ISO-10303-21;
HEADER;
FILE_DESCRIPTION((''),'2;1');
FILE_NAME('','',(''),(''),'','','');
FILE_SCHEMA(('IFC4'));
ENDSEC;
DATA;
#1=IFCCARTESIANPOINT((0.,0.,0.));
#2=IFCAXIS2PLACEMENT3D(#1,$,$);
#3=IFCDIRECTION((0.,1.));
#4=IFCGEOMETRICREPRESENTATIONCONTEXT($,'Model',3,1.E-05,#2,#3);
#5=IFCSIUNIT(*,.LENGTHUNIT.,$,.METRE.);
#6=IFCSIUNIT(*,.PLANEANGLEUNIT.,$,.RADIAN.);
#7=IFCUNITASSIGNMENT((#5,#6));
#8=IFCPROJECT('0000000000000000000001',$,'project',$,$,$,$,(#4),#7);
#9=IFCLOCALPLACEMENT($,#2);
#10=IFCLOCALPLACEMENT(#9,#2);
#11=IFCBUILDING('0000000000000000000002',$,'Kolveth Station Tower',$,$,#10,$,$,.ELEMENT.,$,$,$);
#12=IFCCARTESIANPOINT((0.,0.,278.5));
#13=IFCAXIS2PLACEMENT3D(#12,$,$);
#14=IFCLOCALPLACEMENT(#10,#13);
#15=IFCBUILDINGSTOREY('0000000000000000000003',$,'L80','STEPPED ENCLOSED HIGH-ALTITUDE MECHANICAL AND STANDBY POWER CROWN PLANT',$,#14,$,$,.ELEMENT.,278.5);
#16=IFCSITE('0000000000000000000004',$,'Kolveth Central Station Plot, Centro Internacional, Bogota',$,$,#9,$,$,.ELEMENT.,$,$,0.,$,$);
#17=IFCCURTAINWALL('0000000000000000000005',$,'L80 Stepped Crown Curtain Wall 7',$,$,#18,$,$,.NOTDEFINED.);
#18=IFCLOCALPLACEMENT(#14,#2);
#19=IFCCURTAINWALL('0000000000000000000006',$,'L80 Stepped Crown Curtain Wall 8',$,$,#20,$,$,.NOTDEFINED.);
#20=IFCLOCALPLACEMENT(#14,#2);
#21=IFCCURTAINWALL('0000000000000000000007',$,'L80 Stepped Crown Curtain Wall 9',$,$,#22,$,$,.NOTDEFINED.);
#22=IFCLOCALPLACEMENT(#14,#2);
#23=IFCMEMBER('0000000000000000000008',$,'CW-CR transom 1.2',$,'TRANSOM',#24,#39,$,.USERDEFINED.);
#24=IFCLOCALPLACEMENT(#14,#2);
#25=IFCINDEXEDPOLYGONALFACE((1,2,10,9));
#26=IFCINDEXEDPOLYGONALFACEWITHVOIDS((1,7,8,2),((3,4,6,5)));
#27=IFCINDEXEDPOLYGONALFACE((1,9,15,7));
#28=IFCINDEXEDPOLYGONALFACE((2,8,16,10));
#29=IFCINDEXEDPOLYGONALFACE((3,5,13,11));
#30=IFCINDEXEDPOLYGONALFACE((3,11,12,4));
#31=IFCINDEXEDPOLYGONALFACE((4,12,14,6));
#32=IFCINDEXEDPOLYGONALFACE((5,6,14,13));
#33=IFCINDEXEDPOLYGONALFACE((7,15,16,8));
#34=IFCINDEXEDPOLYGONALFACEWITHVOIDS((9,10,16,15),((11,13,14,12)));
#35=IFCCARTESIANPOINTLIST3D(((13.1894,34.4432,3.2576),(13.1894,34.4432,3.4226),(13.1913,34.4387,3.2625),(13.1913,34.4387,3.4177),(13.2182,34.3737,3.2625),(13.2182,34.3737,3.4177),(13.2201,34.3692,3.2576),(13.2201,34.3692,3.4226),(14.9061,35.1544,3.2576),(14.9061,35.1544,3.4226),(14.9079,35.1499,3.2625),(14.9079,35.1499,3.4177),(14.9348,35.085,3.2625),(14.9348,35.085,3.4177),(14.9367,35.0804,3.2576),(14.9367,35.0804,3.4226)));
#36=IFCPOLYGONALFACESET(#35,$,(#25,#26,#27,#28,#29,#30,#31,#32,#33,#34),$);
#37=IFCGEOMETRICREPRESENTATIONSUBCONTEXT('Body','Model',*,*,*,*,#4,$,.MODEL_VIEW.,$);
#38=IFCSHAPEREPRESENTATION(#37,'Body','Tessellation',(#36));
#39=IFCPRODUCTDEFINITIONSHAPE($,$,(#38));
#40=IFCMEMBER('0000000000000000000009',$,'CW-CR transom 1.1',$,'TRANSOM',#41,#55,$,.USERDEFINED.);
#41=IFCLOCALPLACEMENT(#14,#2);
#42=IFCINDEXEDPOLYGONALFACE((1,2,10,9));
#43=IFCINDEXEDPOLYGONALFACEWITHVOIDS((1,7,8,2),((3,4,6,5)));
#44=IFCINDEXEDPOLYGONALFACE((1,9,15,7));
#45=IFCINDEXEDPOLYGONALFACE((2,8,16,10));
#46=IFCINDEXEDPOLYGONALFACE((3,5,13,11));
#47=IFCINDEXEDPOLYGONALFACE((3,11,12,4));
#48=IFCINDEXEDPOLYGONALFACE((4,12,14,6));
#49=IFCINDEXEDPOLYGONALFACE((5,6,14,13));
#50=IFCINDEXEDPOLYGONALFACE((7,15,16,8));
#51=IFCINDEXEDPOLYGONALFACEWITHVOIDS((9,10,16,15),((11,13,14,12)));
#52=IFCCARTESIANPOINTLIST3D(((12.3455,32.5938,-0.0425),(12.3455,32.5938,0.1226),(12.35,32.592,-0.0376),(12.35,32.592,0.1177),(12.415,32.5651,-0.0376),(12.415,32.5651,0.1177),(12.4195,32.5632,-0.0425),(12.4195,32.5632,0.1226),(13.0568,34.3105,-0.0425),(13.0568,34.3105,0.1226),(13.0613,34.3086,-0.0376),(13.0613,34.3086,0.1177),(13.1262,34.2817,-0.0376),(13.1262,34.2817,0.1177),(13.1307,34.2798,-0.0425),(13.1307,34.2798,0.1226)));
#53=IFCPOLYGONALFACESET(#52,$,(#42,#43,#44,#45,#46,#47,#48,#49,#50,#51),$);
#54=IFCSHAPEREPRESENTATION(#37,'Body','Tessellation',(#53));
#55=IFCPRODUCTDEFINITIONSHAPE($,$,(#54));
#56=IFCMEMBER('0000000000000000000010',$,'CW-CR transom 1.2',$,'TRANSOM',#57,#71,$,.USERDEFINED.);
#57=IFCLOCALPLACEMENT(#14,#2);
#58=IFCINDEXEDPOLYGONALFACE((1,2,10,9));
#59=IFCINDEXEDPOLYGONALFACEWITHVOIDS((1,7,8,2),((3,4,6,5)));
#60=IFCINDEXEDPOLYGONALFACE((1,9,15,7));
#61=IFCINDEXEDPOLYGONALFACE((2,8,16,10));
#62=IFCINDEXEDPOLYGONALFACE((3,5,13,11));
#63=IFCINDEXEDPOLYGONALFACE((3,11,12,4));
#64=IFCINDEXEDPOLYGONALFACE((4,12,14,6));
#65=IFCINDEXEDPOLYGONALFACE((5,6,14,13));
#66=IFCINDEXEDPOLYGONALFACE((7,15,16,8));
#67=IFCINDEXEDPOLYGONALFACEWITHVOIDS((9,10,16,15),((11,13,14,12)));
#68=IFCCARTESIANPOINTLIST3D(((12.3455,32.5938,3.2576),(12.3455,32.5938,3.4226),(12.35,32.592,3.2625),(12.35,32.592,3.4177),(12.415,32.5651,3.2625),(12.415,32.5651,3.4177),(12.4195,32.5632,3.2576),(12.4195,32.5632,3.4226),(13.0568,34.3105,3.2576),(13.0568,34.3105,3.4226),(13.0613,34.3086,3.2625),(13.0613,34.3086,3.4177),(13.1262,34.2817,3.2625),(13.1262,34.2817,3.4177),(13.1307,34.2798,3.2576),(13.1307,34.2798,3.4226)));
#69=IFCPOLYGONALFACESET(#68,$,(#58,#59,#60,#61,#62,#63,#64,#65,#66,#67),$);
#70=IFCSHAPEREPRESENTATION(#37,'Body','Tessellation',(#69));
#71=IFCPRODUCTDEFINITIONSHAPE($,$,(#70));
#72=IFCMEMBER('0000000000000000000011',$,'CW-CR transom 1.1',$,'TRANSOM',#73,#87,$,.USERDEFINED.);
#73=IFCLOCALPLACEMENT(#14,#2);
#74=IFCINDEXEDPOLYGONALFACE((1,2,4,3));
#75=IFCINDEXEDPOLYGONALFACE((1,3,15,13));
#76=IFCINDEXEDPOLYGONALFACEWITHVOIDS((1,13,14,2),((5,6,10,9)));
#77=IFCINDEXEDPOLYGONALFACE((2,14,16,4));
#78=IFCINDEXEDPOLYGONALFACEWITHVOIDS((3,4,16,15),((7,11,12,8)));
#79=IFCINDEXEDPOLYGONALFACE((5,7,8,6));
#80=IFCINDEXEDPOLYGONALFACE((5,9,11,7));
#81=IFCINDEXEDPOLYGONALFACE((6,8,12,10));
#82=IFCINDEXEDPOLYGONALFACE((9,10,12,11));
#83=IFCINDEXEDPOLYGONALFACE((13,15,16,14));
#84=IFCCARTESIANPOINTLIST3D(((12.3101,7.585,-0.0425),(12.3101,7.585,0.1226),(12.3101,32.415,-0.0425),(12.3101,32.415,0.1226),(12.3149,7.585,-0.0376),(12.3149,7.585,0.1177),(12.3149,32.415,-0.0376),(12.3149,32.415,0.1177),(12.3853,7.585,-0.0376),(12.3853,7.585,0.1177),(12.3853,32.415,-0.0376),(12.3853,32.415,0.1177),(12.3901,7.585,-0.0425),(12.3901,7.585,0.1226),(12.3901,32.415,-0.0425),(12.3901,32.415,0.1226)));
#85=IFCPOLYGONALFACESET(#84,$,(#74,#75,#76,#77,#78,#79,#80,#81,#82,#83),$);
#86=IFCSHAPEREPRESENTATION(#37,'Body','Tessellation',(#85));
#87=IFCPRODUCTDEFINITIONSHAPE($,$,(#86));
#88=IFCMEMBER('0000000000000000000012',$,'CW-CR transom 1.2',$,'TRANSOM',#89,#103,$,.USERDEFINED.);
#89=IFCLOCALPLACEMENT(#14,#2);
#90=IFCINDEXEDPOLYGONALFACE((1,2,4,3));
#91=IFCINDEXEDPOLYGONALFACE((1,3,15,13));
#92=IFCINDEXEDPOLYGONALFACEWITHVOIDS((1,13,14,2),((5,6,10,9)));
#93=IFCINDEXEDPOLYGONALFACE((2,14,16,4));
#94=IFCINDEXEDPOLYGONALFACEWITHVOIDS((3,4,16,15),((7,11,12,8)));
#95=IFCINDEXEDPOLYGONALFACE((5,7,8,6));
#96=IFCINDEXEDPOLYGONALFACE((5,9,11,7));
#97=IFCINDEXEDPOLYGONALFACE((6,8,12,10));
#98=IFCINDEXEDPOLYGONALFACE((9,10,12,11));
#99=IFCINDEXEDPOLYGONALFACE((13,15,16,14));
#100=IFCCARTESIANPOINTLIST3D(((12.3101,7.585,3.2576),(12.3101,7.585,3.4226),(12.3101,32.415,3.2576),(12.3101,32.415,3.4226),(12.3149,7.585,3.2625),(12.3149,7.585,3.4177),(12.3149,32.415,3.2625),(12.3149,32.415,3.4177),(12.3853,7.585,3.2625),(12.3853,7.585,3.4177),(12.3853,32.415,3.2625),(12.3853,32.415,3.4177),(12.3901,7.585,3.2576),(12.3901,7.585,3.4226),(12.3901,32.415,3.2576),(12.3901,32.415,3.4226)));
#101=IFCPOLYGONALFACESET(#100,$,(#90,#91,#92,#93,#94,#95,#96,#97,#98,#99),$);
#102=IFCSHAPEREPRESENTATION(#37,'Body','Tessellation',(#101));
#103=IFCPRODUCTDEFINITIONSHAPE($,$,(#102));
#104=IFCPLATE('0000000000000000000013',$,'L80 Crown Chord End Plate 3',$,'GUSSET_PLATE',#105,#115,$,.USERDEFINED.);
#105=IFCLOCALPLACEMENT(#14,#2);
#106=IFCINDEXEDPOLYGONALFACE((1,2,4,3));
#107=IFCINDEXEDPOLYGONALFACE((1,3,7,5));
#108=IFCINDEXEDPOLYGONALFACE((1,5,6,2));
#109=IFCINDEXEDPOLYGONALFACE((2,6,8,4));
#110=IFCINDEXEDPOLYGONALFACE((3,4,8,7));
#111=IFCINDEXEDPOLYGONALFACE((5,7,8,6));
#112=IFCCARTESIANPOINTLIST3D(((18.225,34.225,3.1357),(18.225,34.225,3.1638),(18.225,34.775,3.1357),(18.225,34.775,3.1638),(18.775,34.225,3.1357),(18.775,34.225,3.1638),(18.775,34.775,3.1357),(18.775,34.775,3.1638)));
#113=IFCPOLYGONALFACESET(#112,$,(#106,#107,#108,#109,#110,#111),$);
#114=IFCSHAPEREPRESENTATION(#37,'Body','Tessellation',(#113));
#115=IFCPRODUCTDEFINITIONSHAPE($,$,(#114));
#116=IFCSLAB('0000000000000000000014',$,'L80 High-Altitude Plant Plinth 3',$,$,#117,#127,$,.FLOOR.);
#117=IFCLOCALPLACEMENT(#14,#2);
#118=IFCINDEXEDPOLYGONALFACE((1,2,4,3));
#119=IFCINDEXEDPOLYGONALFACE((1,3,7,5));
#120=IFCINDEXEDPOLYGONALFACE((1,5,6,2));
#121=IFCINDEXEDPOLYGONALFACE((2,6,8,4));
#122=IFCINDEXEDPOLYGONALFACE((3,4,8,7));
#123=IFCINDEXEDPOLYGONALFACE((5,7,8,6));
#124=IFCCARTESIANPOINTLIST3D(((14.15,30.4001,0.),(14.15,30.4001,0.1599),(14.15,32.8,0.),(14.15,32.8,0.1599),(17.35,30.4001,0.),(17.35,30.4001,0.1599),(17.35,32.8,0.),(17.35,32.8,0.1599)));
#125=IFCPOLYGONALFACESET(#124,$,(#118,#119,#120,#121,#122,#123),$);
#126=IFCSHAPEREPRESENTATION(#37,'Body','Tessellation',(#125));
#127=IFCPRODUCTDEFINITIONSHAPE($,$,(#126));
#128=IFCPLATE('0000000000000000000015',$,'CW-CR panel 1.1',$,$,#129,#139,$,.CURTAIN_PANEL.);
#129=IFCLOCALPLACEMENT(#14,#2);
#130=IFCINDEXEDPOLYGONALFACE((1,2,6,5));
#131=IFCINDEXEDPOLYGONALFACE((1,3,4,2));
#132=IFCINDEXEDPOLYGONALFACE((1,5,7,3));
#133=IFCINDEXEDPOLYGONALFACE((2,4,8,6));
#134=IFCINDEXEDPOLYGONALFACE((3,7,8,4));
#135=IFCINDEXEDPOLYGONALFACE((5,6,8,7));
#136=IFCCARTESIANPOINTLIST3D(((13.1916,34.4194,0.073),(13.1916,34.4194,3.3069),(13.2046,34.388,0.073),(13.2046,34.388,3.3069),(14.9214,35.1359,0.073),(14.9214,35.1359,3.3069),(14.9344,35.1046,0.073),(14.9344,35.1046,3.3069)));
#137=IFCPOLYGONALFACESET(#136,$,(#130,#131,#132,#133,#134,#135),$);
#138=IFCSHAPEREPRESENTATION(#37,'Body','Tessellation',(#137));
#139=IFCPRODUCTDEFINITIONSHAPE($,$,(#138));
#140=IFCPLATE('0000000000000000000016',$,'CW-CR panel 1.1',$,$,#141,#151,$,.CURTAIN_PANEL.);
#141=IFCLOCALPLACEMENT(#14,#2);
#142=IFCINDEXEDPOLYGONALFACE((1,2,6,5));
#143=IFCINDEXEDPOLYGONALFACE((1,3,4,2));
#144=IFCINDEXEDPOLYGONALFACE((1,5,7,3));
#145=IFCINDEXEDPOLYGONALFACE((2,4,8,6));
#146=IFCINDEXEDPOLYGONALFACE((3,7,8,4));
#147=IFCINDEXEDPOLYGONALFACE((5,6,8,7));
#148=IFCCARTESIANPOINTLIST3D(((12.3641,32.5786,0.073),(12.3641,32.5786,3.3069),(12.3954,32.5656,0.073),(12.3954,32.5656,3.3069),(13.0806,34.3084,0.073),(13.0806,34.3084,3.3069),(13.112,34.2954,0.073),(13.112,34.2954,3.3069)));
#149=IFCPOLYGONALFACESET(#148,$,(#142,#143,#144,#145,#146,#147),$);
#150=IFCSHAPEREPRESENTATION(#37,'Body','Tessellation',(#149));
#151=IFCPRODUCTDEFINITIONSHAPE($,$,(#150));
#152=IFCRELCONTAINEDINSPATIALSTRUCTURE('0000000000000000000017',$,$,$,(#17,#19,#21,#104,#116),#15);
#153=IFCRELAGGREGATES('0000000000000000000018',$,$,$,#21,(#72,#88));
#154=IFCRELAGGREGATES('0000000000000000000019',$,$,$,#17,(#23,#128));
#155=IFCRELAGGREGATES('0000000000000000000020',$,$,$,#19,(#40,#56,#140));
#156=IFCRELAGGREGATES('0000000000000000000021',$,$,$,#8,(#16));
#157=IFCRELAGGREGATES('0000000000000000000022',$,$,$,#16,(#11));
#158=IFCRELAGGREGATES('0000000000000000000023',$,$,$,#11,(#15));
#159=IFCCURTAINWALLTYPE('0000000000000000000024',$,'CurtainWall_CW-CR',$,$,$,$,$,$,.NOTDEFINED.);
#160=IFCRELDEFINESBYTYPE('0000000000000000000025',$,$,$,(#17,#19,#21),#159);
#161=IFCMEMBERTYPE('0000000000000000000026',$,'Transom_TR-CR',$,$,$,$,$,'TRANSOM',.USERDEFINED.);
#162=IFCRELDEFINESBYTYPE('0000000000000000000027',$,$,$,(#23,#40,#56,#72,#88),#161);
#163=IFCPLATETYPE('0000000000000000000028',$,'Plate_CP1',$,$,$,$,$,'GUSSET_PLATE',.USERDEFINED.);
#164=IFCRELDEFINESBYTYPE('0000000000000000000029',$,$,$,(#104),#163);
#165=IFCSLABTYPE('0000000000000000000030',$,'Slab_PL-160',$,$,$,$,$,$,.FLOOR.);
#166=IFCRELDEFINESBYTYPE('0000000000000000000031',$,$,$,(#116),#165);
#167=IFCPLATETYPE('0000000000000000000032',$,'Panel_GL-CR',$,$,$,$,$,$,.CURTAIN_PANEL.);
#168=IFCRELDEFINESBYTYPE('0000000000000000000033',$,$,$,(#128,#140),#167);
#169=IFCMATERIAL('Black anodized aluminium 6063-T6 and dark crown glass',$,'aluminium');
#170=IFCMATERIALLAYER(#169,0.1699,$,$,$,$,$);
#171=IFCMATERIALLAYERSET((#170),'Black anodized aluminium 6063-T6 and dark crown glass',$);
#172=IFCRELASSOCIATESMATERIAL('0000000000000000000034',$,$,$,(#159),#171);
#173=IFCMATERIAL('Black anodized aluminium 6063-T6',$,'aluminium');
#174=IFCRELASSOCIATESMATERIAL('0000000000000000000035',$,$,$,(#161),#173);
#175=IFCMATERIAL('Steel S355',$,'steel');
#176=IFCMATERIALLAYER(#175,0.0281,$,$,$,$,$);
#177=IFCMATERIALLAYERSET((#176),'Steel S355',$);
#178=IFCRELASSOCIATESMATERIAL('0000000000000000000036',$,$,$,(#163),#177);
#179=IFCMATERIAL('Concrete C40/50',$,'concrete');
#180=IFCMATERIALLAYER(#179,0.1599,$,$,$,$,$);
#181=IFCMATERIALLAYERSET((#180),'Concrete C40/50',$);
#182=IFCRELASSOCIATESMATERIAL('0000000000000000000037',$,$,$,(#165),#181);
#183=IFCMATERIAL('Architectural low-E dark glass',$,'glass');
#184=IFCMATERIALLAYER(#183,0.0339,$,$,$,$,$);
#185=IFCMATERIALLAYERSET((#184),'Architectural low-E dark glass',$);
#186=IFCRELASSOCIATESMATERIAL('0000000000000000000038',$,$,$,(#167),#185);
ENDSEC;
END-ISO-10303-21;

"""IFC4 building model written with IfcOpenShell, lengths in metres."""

from ifc_helpers import new_model, si_unit, direction, frame, origin, origin_2d, place, context, subcontext, project, spatial, rectangle, hollow_rectangle, extrude, source, transform, mapped, material, layer, layer_set, material_profile, profile_set, type_object, element, aggregate, save


model = new_model("IFC4")

# Units and contexts
model_context = context("Model", 3, precision=1e-05, world=origin(), true_north=direction((0.0, 1.0)))
body_context = subcontext(model_context, "Body", "Model", "MODEL_VIEW")
ifc_project = project(units=[si_unit("LENGTHUNIT", "METRE"), si_unit("PLANEANGLEUNIT", "RADIAN")], contexts=[model_context])

# Site, building, storey
site_placement = place(None, origin())
site = spatial("IfcSite", under=ifc_project, at=site_placement, Name="Kolveth Central Station Plot, Centro Internacional, Bogota", CompositionType="ELEMENT", RefElevation=0.0)
building_placement = place(site_placement, origin())
building = spatial("IfcBuilding", under=site, at=building_placement, Name="Kolveth Station Tower", CompositionType="ELEMENT")
storey_placement = place(building_placement, frame((0.0, 0.0, 278.5)))
storey = spatial("IfcBuildingStorey", under=building, at=storey_placement, Name="L80", Description="STEPPED ENCLOSED HIGH-ALTITUDE MECHANICAL AND STANDBY POWER CROWN PLANT", CompositionType="ELEMENT", Elevation=278.5)

# Shared definitions
ifc_material_1 = material(Name="Steel S355", Category="steel")

# Shared definitions
ifc_material_2 = material(Name="Black anodized aluminium 6063-T6 and dark crown glass", Category="aluminium")
ifc_layer_1 = layer(ifc_material_2, 0.1699)
ifc_layer_set_1 = layer_set([ifc_layer_1], Name="Black anodized aluminium 6063-T6 and dark crown glass")
curtain_wall_type = type_object("IfcCurtainWallType", Name="CurtainWall_CW-CR", PredefinedType="NOTDEFINED", material=ifc_layer_set_1)
ifc_material_3 = material(Name="Black anodized aluminium 6063-T6", Category="aluminium")

# Curtain walls
curtain_wall_1_placement = place(storey_placement, origin())
curtain_wall_1 = element("IfcCurtainWall", 1, at=curtain_wall_1_placement, inside=storey, type_object=curtain_wall_type, Name="L80 Stepped Crown Curtain Wall 7", PredefinedType="NOTDEFINED")
curtain_wall_2_placement = place(storey_placement, origin())
curtain_wall_2 = element("IfcCurtainWall", 2, at=curtain_wall_2_placement, inside=storey, type_object=curtain_wall_type, Name="L80 Stepped Crown Curtain Wall 8", PredefinedType="NOTDEFINED")

# Curtain wall
curtain_wall_3_placement = place(storey_placement, origin())
curtain_wall_3 = element("IfcCurtainWall", 3, at=curtain_wall_3_placement, inside=storey, type_object=curtain_wall_type, Name="L80 Stepped Crown Curtain Wall 9", PredefinedType="NOTDEFINED")

# Members
ifc_material_profile_1 = material_profile(ifc_material_3, hollow_rectangle(XDim=0.0801, YDim=0.165, WallThickness=0.0049, at=origin_2d()), Name="ALU-80x165x5")
ifc_profile_set_1 = profile_set([ifc_material_profile_1], Name="Black anodized aluminium 6063-T6")
member_type_1 = type_object("IfcMemberType", Name="Transom_TR-CR", ElementType="TRANSOM", PredefinedType="USERDEFINED", material=ifc_profile_set_1)
shared_shape_1 = source(origin(), body_context, "Body", "SweptSolid", [
    extrude(hollow_rectangle(XDim=0.0801, YDim=0.165, WallThickness=0.0049, at=origin_2d()), origin(), (0.0, 0.0, 1.0), 1.8582),
])
member_1_placement = place(storey_placement, frame((14.9214, 35.1174, 3.3401), z_axis=(-0.923849, -0.382758, 0.0), x_axis=(0.382758, -0.923849, 0.0)))
member_1 = element("IfcMember", 4, at=member_1_placement, type_object=member_type_1, Name="CW-CR transom 1.2", ObjectType="TRANSOM", PredefinedType="USERDEFINED", context=body_context, shape_type="MappedRepresentation", body=[
    mapped(shared_shape_1, transform((0.0, 0.0, 0.0), x_axis=(1.0, 0.0, 0.0), y_axis=(0.0, 1.0, 0.0), z_axis=(0.0, 0.0, 1.0), scale=1.0)),
])
member_2_placement = place(storey_placement, frame((13.0938, 34.2952, 0.04), z_axis=(-0.382758, -0.923849, 0.0), x_axis=(0.923849, -0.382758, 0.0)))
member_2 = element("IfcMember", 5, at=member_2_placement, type_object=member_type_1, Name="CW-CR transom 1.1", ObjectType="TRANSOM", PredefinedType="USERDEFINED", context=body_context, shape_type="MappedRepresentation", body=[
    mapped(shared_shape_1, transform((0.0, 0.0, 0.0), x_axis=(1.0, 0.0, 0.0), y_axis=(0.0, 1.0, 0.0), z_axis=(0.0, 0.0, 1.0), scale=1.0)),
])
member_3_placement = place(storey_placement, frame((13.0938, 34.2952, 3.3401), z_axis=(-0.382758, -0.923849, 0.0), x_axis=(0.923849, -0.382758, 0.0)))
member_3 = element("IfcMember", 6, at=member_3_placement, type_object=member_type_1, Name="CW-CR transom 1.2", ObjectType="TRANSOM", PredefinedType="USERDEFINED", context=body_context, shape_type="MappedRepresentation", body=[
    mapped(shared_shape_1, transform((0.0, 0.0, 0.0), x_axis=(1.0, 0.0, 0.0), y_axis=(0.0, 1.0, 0.0), z_axis=(0.0, 0.0, 1.0), scale=1.0)),
])
shared_shape_2 = source(origin(), body_context, "Body", "SweptSolid", [
    extrude(hollow_rectangle(XDim=0.0801, YDim=0.165, WallThickness=0.0049, at=origin_2d()), origin(), (0.0, 0.0, 1.0), 24.8301),
])
member_4_placement = place(storey_placement, frame((12.3501, 32.415, 0.04), z_axis=(0.0, -1.0, 0.0), x_axis=(1.0, 0.0, 0.0)))
member_4 = element("IfcMember", 7, at=member_4_placement, type_object=member_type_1, Name="CW-CR transom 1.1", ObjectType="TRANSOM", PredefinedType="USERDEFINED", context=body_context, shape_type="MappedRepresentation", body=[
    mapped(shared_shape_2, transform((0.0, 0.0, 0.0), x_axis=(1.0, 0.0, 0.0), y_axis=(0.0, 1.0, 0.0), z_axis=(0.0, 0.0, 1.0), scale=1.0)),
])
member_5_placement = place(storey_placement, frame((12.3501, 32.415, 3.3401), z_axis=(0.0, -1.0, 0.0), x_axis=(1.0, 0.0, 0.0)))
member_5 = element("IfcMember", 8, at=member_5_placement, type_object=member_type_1, Name="CW-CR transom 1.2", ObjectType="TRANSOM", PredefinedType="USERDEFINED", context=body_context, shape_type="MappedRepresentation", body=[
    mapped(shared_shape_2, transform((0.0, 0.0, 0.0), x_axis=(1.0, 0.0, 0.0), y_axis=(0.0, 1.0, 0.0), z_axis=(0.0, 0.0, 1.0), scale=1.0)),
])
aggregate(curtain_wall_3, [member_4, member_5])

# Plate
ifc_layer_2 = layer(ifc_material_1, 0.0281)
ifc_layer_set_2 = layer_set([ifc_layer_2], Name="Steel S355")
plate_type_1 = type_object("IfcPlateType", Name="Plate_CP1", ElementType="GUSSET_PLATE", PredefinedType="USERDEFINED", material=ifc_layer_set_2)
shared_shape_3 = source(origin(), body_context, "Body", "SweptSolid", [
    extrude(rectangle(XDim=0.55, YDim=0.55, at=origin_2d()), origin(), (0.0, 0.0, 1.0), 0.0281),
])
plate_1_placement = place(storey_placement, frame((18.5, 34.5, 3.1357), z_axis=(0.0, 0.0, 1.0), x_axis=(1.0, 0.0, 0.0)))
element("IfcPlate", 9, at=plate_1_placement, inside=storey, type_object=plate_type_1, Name="L80 Crown Chord End Plate 3", ObjectType="GUSSET_PLATE", PredefinedType="USERDEFINED", context=body_context, shape_type="MappedRepresentation", body=[
    mapped(shared_shape_3, transform((0.0, 0.0, 0.0), x_axis=(1.0, 0.0, 0.0), y_axis=(0.0, 1.0, 0.0), z_axis=(0.0, 0.0, 1.0), scale=1.0)),
])

# Slab
ifc_material_4 = material(Name="Concrete C40/50", Category="concrete")
ifc_layer_3 = layer(ifc_material_4, 0.1599)
ifc_layer_set_3 = layer_set([ifc_layer_3], Name="Concrete C40/50")
slab_type = type_object("IfcSlabType", Name="Slab_PL-160", PredefinedType="FLOOR", material=ifc_layer_set_3)
shared_shape_4 = source(origin(), body_context, "Body", "SweptSolid", [
    extrude(rectangle(XDim=3.2, YDim=2.3999, at=origin_2d()), origin(), (0.0, 0.0, 1.0), 0.1599),
])
slab_placement = place(storey_placement, frame((15.75, 31.6001, 0.0), z_axis=(0.0, 0.0, 1.0), x_axis=(1.0, 0.0, 0.0)))
element("IfcSlab", 10, at=slab_placement, inside=storey, type_object=slab_type, Name="L80 High-Altitude Plant Plinth 3", PredefinedType="FLOOR", context=body_context, shape_type="MappedRepresentation", body=[
    mapped(shared_shape_4, transform((0.0, 0.0, 0.0), x_axis=(1.0, 0.0, 0.0), y_axis=(0.0, 1.0, 0.0), z_axis=(0.0, 0.0, 1.0), scale=1.0)),
])

# Plates
ifc_material_5 = material(Name="Architectural low-E dark glass", Category="glass")
ifc_layer_4 = layer(ifc_material_5, 0.0339)
ifc_layer_set_4 = layer_set([ifc_layer_4], Name="Architectural low-E dark glass")
plate_type_2 = type_object("IfcPlateType", Name="Panel_GL-CR", PredefinedType="CURTAIN_PANEL", material=ifc_layer_set_4)
shared_shape_5 = source(origin(), body_context, "Body", "SweptSolid", [
    extrude(rectangle(XDim=1.8723, YDim=0.0339, at=origin_2d()), origin(), (0.0, 0.0, 1.0), 3.2339),
])
plate_2_placement = place(storey_placement, frame((14.063, 34.762, 0.073), z_axis=(0.0, 0.0, 1.0), x_axis=(-0.923871, -0.382703, 0.0)))
plate_2 = element("IfcPlate", 11, at=plate_2_placement, type_object=plate_type_2, Name="CW-CR panel 1.1", PredefinedType="CURTAIN_PANEL", context=body_context, shape_type="MappedRepresentation", body=[
    mapped(shared_shape_5, transform((0.0, 0.0, 0.0), x_axis=(1.0, 0.0, 0.0), y_axis=(0.0, 1.0, 0.0), z_axis=(0.0, 0.0, 1.0), scale=1.0)),
])
aggregate(curtain_wall_1, [member_1, plate_2])
plate_3_placement = place(storey_placement, frame((12.738, 33.437, 0.073), z_axis=(0.0, 0.0, 1.0), x_axis=(-0.382703, -0.923871, 0.0)))
plate_3 = element("IfcPlate", 12, at=plate_3_placement, type_object=plate_type_2, Name="CW-CR panel 1.1", PredefinedType="CURTAIN_PANEL", context=body_context, shape_type="MappedRepresentation", body=[
    mapped(shared_shape_5, transform((0.0, 0.0, 0.0), x_axis=(1.0, 0.0, 0.0), y_axis=(0.0, 1.0, 0.0), z_axis=(0.0, 0.0, 1.0), scale=1.0)),
])
aggregate(curtain_wall_2, [member_2, member_3, plate_3])

save(model, "model.ifc")
